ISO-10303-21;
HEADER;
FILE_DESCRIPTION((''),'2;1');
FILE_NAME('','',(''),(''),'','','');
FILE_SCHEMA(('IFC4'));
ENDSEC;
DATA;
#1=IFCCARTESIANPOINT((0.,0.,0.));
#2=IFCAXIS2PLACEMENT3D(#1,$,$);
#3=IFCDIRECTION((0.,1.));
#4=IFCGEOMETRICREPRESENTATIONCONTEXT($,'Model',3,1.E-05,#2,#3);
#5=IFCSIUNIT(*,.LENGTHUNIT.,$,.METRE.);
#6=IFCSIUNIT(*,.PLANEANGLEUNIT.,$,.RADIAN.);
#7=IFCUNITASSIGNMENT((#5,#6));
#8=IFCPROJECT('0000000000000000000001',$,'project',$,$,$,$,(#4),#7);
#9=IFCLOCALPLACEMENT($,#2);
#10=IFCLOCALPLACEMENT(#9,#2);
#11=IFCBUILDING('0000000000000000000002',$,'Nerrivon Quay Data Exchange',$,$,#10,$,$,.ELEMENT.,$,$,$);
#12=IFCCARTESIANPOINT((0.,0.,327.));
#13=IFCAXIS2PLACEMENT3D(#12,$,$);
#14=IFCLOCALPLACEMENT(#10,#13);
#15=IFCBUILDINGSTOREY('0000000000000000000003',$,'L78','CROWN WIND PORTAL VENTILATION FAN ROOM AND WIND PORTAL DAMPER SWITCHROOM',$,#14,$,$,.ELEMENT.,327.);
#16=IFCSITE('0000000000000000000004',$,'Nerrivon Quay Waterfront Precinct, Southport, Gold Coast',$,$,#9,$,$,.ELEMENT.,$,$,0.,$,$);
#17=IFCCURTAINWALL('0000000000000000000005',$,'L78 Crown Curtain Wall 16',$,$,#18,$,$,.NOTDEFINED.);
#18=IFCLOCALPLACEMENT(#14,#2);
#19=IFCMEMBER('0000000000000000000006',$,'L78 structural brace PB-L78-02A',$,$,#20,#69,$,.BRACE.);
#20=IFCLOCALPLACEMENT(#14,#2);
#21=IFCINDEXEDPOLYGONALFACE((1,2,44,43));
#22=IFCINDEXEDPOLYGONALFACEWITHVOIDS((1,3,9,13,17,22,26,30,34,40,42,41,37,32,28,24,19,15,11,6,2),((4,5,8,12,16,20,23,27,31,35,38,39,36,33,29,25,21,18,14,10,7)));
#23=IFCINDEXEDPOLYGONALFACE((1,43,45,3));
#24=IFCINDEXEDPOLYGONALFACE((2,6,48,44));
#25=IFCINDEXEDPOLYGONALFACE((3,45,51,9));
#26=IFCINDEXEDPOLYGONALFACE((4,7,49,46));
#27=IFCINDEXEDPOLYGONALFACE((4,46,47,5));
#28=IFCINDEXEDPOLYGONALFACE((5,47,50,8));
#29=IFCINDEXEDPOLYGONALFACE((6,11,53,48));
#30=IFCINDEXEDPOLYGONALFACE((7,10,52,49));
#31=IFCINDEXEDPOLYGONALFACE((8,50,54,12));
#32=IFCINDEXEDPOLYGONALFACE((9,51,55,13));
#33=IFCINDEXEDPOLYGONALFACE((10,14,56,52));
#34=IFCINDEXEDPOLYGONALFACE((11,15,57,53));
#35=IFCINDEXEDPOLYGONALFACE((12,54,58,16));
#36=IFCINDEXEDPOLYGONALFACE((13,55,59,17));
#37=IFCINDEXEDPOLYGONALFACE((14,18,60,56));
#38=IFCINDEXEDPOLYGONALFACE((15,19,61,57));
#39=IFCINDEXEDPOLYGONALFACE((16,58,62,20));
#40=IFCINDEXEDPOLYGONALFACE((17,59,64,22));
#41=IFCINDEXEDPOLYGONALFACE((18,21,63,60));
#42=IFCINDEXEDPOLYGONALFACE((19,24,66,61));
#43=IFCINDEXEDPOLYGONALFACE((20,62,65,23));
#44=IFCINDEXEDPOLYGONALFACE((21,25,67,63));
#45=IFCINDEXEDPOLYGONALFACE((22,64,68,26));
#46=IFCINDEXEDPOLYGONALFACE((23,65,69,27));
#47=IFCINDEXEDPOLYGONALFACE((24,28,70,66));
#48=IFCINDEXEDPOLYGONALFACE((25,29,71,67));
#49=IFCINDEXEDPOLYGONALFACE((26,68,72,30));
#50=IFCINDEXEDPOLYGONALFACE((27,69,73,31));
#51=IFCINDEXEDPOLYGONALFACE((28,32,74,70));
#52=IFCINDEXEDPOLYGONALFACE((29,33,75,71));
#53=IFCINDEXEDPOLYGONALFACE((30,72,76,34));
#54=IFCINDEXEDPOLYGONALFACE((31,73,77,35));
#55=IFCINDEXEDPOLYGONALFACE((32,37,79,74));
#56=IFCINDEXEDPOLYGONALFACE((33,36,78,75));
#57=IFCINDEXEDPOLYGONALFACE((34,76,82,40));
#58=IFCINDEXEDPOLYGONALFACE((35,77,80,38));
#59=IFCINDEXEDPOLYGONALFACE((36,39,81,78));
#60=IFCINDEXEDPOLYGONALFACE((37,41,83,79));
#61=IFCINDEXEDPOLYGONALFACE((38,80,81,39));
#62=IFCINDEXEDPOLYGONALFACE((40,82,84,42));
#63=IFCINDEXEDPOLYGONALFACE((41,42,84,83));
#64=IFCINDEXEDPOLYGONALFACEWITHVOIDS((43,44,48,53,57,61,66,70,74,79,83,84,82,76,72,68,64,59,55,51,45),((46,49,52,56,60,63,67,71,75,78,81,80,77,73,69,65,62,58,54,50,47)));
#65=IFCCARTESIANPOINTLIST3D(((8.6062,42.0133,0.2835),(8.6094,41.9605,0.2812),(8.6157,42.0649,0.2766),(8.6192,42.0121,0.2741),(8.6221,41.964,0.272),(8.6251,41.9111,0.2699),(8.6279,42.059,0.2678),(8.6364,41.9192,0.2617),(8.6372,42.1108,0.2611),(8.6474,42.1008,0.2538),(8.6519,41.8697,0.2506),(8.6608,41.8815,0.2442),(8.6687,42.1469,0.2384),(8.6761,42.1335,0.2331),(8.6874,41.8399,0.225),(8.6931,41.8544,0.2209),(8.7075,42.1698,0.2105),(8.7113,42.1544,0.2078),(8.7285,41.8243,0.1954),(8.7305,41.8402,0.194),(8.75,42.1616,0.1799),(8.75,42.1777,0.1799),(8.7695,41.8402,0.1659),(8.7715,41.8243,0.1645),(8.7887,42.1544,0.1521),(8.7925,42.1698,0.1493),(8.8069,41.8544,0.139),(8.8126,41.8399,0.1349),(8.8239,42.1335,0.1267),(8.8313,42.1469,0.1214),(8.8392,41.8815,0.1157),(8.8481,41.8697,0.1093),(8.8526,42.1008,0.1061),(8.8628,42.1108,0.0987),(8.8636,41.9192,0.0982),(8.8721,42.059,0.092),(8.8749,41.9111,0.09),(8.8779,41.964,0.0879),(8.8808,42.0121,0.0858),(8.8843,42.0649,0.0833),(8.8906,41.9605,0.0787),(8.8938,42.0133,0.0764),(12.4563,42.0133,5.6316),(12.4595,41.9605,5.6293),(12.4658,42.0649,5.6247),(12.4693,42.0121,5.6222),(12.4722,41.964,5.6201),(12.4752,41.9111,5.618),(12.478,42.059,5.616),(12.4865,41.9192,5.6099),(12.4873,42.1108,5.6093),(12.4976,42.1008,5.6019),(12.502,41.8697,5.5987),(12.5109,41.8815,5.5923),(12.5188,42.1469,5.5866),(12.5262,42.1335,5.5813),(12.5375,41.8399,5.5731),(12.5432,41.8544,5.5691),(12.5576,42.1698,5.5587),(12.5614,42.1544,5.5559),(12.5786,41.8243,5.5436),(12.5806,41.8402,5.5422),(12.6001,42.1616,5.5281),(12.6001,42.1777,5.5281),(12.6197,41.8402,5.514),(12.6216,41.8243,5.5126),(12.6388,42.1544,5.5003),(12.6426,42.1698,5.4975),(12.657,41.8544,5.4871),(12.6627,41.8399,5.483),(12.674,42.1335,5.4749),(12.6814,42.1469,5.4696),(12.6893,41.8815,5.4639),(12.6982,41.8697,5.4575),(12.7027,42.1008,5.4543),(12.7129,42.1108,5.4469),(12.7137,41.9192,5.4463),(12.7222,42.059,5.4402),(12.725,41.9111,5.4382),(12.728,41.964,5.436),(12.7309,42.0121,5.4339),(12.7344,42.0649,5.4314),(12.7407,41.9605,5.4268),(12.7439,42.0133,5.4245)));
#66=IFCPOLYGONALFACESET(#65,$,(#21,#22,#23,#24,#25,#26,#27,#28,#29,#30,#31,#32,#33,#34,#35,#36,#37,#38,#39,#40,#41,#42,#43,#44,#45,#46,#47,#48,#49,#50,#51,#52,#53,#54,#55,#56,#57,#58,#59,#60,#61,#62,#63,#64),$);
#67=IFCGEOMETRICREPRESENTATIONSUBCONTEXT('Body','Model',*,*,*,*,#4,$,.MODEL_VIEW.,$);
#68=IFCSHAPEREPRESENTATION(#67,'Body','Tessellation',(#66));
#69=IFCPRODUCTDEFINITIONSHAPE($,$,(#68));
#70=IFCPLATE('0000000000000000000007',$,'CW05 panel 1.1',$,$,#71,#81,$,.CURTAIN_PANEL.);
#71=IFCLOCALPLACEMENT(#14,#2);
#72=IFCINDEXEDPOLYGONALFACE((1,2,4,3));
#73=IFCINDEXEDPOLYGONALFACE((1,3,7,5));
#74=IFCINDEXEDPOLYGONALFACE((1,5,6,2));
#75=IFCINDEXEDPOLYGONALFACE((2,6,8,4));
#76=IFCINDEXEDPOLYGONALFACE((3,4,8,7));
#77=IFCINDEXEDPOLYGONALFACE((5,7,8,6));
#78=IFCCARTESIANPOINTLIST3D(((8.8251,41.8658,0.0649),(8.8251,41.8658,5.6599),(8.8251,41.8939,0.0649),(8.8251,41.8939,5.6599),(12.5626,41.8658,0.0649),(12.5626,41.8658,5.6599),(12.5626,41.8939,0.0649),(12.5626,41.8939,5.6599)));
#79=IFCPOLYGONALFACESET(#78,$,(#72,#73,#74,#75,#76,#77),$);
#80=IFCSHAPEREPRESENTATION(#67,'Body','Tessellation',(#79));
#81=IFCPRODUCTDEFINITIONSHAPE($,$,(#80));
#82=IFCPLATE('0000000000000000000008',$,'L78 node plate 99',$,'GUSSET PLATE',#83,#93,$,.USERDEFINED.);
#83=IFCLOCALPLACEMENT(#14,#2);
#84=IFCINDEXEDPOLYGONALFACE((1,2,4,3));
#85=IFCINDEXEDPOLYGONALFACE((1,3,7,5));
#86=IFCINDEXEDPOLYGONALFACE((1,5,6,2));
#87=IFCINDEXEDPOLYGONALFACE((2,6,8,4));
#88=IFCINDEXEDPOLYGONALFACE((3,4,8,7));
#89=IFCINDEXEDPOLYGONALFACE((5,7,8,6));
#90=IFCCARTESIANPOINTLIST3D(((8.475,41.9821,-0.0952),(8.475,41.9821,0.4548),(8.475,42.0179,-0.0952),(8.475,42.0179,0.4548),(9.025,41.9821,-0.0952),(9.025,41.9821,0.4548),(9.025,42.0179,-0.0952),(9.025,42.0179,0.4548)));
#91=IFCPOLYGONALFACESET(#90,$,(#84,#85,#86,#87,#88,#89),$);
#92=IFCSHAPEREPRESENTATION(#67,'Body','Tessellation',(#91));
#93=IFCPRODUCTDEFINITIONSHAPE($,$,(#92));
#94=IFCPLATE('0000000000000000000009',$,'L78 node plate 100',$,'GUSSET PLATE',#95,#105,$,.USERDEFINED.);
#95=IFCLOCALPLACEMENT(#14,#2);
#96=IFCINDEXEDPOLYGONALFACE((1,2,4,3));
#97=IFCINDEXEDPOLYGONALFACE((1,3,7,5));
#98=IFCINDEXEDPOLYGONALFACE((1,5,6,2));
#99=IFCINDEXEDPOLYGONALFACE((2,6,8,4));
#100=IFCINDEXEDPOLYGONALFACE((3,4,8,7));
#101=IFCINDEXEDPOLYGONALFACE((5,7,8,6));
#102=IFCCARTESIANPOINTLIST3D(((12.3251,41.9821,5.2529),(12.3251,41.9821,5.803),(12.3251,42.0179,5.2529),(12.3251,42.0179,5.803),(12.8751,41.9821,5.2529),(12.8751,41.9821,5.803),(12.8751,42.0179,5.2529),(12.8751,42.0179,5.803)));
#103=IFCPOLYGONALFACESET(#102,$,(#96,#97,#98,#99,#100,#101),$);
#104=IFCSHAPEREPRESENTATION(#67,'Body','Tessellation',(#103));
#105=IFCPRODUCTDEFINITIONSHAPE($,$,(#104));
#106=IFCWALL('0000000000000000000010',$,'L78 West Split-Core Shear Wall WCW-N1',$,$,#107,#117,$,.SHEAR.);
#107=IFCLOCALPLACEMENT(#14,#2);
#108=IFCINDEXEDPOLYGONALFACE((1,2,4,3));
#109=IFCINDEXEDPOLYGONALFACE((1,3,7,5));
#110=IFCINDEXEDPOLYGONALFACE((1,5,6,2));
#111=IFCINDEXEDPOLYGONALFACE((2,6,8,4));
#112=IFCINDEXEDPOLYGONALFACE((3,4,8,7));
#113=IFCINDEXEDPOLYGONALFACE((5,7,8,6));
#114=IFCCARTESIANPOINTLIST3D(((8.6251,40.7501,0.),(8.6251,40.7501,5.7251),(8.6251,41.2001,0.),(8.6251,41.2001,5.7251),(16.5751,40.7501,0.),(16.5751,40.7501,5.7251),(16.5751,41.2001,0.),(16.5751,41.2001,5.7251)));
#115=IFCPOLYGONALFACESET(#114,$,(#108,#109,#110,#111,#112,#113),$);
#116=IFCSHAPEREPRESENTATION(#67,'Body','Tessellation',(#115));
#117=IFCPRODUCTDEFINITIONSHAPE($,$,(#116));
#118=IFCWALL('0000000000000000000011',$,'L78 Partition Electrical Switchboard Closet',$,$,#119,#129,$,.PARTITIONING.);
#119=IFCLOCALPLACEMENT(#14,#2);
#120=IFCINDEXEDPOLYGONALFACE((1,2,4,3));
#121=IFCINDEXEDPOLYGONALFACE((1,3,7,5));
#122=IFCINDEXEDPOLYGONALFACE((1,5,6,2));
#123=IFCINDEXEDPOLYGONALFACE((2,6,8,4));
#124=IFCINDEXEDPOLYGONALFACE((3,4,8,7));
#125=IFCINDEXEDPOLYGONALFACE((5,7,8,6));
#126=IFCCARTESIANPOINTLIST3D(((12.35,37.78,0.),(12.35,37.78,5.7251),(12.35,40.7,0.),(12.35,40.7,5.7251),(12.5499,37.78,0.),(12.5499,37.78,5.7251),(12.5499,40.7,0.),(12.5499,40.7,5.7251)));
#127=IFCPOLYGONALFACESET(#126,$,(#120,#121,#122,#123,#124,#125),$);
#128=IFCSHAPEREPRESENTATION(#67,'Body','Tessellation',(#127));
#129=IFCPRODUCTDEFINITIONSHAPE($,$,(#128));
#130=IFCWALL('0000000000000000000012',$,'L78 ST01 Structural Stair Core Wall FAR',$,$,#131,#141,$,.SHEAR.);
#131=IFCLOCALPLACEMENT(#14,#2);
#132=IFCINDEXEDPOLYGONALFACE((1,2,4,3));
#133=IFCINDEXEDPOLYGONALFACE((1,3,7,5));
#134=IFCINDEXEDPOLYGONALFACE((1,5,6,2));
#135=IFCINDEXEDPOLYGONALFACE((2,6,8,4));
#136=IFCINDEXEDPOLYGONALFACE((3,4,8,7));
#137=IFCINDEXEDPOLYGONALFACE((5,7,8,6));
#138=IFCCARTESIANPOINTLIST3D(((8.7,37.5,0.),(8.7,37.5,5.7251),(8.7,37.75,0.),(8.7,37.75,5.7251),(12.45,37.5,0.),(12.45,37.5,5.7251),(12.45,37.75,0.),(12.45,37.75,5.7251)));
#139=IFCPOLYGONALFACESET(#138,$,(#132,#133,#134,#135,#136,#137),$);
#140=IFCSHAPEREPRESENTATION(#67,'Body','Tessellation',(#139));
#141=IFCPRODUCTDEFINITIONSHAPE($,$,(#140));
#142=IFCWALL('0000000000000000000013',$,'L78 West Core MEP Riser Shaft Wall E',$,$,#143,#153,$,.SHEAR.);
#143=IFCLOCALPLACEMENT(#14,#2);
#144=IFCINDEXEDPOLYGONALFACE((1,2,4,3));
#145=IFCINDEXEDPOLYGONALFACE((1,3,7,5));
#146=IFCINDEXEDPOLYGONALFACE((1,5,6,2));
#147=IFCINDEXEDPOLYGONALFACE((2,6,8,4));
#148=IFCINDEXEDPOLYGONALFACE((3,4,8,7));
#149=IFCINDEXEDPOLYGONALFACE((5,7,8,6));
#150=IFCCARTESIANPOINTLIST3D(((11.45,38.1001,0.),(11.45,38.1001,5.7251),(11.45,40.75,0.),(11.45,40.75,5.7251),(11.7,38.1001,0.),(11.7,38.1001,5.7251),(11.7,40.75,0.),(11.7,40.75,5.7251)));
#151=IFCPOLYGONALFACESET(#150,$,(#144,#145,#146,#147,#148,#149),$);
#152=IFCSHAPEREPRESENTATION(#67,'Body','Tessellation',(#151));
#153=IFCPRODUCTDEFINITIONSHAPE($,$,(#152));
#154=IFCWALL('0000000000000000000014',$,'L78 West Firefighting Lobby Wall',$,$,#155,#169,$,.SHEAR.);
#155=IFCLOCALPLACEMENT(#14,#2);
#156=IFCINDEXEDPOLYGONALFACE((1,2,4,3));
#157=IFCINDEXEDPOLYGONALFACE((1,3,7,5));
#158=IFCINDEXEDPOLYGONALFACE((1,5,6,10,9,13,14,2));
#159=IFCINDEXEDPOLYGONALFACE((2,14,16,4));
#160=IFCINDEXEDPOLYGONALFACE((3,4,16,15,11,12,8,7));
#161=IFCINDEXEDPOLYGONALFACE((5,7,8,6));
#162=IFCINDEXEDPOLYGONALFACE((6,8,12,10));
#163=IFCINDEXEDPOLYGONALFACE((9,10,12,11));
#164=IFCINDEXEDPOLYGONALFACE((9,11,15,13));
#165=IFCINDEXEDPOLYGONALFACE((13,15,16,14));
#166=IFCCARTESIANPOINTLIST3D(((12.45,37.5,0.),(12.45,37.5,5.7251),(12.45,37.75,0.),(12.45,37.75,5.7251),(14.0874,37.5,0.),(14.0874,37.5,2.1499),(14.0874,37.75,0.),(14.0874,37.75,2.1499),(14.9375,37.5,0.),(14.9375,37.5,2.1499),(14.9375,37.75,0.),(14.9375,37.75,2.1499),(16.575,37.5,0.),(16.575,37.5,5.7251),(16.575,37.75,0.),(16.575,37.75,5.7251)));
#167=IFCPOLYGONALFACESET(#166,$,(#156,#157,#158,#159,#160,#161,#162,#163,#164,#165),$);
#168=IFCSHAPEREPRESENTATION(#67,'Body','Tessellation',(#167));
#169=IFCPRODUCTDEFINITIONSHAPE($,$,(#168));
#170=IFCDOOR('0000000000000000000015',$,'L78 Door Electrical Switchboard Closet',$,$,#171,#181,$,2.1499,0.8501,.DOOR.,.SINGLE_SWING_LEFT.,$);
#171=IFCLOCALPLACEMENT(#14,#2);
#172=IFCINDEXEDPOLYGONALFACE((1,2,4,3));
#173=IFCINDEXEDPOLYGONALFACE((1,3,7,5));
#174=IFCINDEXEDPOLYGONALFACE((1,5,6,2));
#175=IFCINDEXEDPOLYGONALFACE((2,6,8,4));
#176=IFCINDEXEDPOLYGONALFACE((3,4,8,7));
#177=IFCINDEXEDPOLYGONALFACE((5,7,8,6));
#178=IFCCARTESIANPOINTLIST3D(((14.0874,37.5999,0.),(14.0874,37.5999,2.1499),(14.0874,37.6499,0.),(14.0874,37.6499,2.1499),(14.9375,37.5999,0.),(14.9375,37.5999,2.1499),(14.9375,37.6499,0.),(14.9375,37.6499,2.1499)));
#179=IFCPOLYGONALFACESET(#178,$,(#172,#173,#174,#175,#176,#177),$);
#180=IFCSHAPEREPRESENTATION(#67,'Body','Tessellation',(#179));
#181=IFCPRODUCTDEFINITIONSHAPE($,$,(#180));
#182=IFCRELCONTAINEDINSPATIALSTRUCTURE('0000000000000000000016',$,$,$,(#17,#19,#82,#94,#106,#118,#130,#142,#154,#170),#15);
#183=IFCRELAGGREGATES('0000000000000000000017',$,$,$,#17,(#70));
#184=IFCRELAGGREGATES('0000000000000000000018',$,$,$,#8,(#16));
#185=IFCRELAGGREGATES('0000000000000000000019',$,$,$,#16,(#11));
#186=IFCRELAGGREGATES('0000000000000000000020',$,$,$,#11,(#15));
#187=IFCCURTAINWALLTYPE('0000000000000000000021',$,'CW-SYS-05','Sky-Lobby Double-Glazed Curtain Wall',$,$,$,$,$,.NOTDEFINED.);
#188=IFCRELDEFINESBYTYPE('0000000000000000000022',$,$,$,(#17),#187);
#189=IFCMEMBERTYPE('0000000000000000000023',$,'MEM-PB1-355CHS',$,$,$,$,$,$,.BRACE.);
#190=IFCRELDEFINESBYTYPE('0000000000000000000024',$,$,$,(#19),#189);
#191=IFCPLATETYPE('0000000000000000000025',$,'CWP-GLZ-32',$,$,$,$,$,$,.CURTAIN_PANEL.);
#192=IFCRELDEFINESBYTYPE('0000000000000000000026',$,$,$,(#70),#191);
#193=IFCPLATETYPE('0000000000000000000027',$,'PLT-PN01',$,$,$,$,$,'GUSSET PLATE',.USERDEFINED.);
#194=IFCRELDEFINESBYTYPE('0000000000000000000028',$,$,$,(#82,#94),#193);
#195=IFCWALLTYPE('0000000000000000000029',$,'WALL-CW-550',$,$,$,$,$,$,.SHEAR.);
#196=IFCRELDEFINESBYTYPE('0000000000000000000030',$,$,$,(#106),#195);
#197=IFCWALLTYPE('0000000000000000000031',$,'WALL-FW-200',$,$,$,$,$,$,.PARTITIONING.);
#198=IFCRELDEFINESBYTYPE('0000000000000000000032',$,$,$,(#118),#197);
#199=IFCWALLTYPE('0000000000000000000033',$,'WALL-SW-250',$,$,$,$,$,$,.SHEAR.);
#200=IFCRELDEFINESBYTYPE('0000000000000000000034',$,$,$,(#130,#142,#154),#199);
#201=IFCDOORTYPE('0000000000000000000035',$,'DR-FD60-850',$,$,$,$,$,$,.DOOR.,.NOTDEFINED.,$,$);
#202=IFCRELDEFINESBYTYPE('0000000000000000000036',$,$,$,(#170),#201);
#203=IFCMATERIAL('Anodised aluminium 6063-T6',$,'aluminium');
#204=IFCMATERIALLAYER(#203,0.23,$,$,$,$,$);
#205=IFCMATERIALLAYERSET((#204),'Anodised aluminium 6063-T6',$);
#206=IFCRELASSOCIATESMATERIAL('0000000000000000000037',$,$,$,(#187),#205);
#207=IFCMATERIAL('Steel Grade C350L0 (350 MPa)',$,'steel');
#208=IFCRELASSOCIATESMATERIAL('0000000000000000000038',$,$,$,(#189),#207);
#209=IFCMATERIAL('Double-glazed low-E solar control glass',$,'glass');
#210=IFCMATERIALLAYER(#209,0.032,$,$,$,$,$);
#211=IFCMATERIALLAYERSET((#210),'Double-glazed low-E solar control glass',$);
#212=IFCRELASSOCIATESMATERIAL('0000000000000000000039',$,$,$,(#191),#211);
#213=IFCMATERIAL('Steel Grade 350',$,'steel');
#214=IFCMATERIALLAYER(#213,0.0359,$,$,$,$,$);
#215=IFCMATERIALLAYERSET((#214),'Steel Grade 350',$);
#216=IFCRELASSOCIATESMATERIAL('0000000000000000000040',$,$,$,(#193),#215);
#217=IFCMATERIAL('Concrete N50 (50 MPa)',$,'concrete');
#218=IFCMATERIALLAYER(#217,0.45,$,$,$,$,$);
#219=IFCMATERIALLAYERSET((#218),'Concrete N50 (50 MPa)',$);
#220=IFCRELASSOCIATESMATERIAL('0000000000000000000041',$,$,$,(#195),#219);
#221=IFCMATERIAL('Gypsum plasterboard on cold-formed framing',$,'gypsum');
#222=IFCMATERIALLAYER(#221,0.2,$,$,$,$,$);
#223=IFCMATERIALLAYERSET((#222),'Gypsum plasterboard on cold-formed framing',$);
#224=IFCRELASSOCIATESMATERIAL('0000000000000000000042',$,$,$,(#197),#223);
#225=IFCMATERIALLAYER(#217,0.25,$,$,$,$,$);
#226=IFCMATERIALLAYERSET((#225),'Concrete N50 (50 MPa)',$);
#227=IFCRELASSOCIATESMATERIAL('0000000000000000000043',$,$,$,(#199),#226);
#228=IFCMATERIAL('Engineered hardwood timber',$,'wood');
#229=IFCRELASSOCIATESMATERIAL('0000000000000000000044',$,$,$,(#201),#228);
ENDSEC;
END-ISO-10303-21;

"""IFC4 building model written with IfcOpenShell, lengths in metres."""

from ifc_helpers import new_model, si_unit, direction, frame, frame_2d, origin, origin_2d, place, context, subcontext, project, spatial, rectangle, hollow_circle, extrude, material, layer, layer_set, material_profile, profile_set, type_object, element, fill, aggregate, save


model = new_model("IFC4")

# Units and contexts
model_context = context("Model", 3, precision=1e-05, world=origin(), true_north=direction((0.0, 1.0)))
body_context = subcontext(model_context, "Body", "Model", "MODEL_VIEW")
ifc_project = project(units=[si_unit("LENGTHUNIT", "METRE"), si_unit("PLANEANGLEUNIT", "RADIAN")], contexts=[model_context])

# Site, building, storey
site_placement = place(None, origin())
site = spatial("IfcSite", under=ifc_project, at=site_placement, Name="Nerrivon Quay Waterfront Precinct, Southport, Gold Coast", CompositionType="ELEMENT", RefElevation=0.0)
building_placement = place(site_placement, origin())
building = spatial("IfcBuilding", under=site, at=building_placement, Name="Nerrivon Quay Data Exchange", CompositionType="ELEMENT")
storey_placement = place(building_placement, frame((0.0, 0.0, 327.0)))
storey = spatial("IfcBuildingStorey", under=building, at=storey_placement, Name="L78", Description="CROWN WIND PORTAL VENTILATION FAN ROOM AND WIND PORTAL DAMPER SWITCHROOM", CompositionType="ELEMENT", Elevation=327.0)

# Shared definitions
ifc_material_1 = material(Name="Steel Grade 350", Category="steel")

# Curtain wall
ifc_material_2 = material(Name="Anodised aluminium 6063-T6", Category="aluminium")
ifc_layer_1 = layer(ifc_material_2, 0.23)
ifc_layer_set_1 = layer_set([ifc_layer_1], Name="Anodised aluminium 6063-T6")
curtain_wall_type = type_object("IfcCurtainWallType", Name="CW-SYS-05", Description="Sky-Lobby Double-Glazed Curtain Wall", PredefinedType="NOTDEFINED", material=ifc_layer_set_1)
curtain_wall_placement = place(storey_placement, origin())
curtain_wall = element("IfcCurtainWall", 1, at=curtain_wall_placement, inside=storey, type_object=curtain_wall_type, Name="L78 Crown Curtain Wall 16", PredefinedType="NOTDEFINED")

# Member
ifc_material_3 = material(Name="Steel Grade C350L0 (350 MPa)", Category="steel")
ifc_material_profile_1 = material_profile(ifc_material_3, hollow_circle(Radius=0.1777, WallThickness=0.0161, at=origin_2d()), Name="355.6x16.0CHS")
ifc_profile_set_1 = profile_set([ifc_material_profile_1], Name="Steel Grade C350L0 (350 MPa)")
member_type_1 = type_object("IfcMemberType", Name="MEM-PB1-355CHS", PredefinedType="BRACE", material=ifc_profile_set_1)
member_1_placement = place(storey_placement, frame((8.75, 42.0, 0.1799), z_axis=(0.584248, 0.0, 0.811575), x_axis=(0.0, 1.0, 0.0)))
element("IfcMember", 2, at=member_1_placement, inside=storey, type_object=member_type_1, Name="L78 structural brace PB-L78-02A", PredefinedType="BRACE", context=body_context, shape_type="SweptSolid", body=[
    extrude(hollow_circle(Radius=0.1777, WallThickness=0.0161, at=origin_2d()), origin(), (0.0, 0.0, 1.0), 6.5898),
])

# Plate
ifc_material_4 = material(Name="Double-glazed low-E solar control glass", Category="glass")
ifc_layer_2 = layer(ifc_material_4, 0.032)
ifc_layer_set_2 = layer_set([ifc_layer_2], Name="Double-glazed low-E solar control glass")
plate_type_1 = type_object("IfcPlateType", Name="CWP-GLZ-32", PredefinedType="CURTAIN_PANEL", material=ifc_layer_set_2)
plate_placement = place(storey_placement, frame((10.6938, 41.8799, 0.0649), z_axis=(0.0, 0.0, 1.0), x_axis=(1.0, 0.0, 0.0)))
plate = element("IfcPlate", 3, at=plate_placement, type_object=plate_type_1, Name="CW05 panel 1.1", PredefinedType="CURTAIN_PANEL", context=body_context, shape_type="SweptSolid", body=[
    extrude(rectangle(XDim=3.7375, YDim=0.0281, at=origin_2d()), origin(), (0.0, 0.0, 1.0), 5.595),
])
aggregate(curtain_wall, [plate])

# Plates
ifc_layer_3 = layer(ifc_material_1, 0.0359)
ifc_layer_set_3 = layer_set([ifc_layer_3], Name="Steel Grade 350")
plate_type_2 = type_object("IfcPlateType", Name="PLT-PN01", ElementType="GUSSET PLATE", PredefinedType="USERDEFINED", material=ifc_layer_set_3)
for number, where, z_axis, x_axis, name in (
    (4, (8.75, 42.0, -0.0952), (0.0, 0.0, 1.0), (1.0, 0.0, 0.0), "L78 node plate 99"),
    (5, (12.6001, 42.0, 5.2529), (0.0, 0.0, 1.0), (1.0, 0.0, 0.0), "L78 node plate 100"),
):
    element("IfcPlate", number, at=place(storey_placement, frame(where, z_axis=z_axis, x_axis=x_axis)), inside=storey, type_object=plate_type_2, Name=name, ObjectType="GUSSET PLATE", PredefinedType="USERDEFINED", context=body_context, shape_type="SweptSolid", body=[
        extrude(rectangle(XDim=0.55, YDim=0.0359, at=origin_2d()), origin(), (0.0, 0.0, 1.0), 0.55),
    ])

# Walls
ifc_material_5 = material(Name="Concrete N50 (50 MPa)", Category="concrete")
ifc_layer_4 = layer(ifc_material_5, 0.45)
ifc_layer_set_4 = layer_set([ifc_layer_4], Name="Concrete N50 (50 MPa)")
wall_type_1 = type_object("IfcWallType", Name="WALL-CW-550", PredefinedType="SHEAR", material=ifc_layer_set_4)
wall_1_placement = place(storey_placement, frame((8.625, 40.9751, 0.0), z_axis=(0.0, 0.0, 1.0), x_axis=(1.0, 0.0, 0.0)))
element("IfcWall", 6, at=wall_1_placement, inside=storey, type_object=wall_type_1, Name="L78 West Split-Core Shear Wall WCW-N1", PredefinedType="SHEAR", context=body_context, shape_type="SweptSolid", body=[
    extrude(rectangle(XDim=7.95, YDim=0.45, at=frame_2d((3.9751, 0.0))), origin(), (0.0, 0.0, 1.0), 5.7251),
])
ifc_material_6 = material(Name="Gypsum plasterboard on cold-formed framing", Category="gypsum")
ifc_layer_5 = layer(ifc_material_6, 0.2)
ifc_layer_set_5 = layer_set([ifc_layer_5], Name="Gypsum plasterboard on cold-formed framing")
wall_type_2 = type_object("IfcWallType", Name="WALL-FW-200", PredefinedType="PARTITIONING", material=ifc_layer_set_5)
wall_2_placement = place(storey_placement, frame((12.45, 40.7, 0.0), z_axis=(0.0, 0.0, 1.0), x_axis=(0.0, -1.0, 0.0)))
element("IfcWall", 7, at=wall_2_placement, inside=storey, type_object=wall_type_2, Name="L78 Partition Electrical Switchboard Closet", PredefinedType="PARTITIONING", context=body_context, shape_type="SweptSolid", body=[
    extrude(rectangle(XDim=2.9199, YDim=0.2, at=frame_2d((1.46, 0.0))), origin(), (0.0, 0.0, 1.0), 5.7251),
])
ifc_layer_6 = layer(ifc_material_5, 0.25)
ifc_layer_set_6 = layer_set([ifc_layer_6], Name="Concrete N50 (50 MPa)")
wall_type_3 = type_object("IfcWallType", Name="WALL-SW-250", PredefinedType="SHEAR", material=ifc_layer_set_6)
wall_3_placement = place(storey_placement, frame((12.45, 37.625, 0.0), z_axis=(0.0, 0.0, 1.0), x_axis=(-1.0, 0.0, 0.0)))
element("IfcWall", 8, at=wall_3_placement, inside=storey, type_object=wall_type_3, Name="L78 ST01 Structural Stair Core Wall FAR", PredefinedType="SHEAR", context=body_context, shape_type="SweptSolid", body=[
    extrude(rectangle(XDim=3.75, YDim=0.25, at=frame_2d((1.875, 0.0))), origin(), (0.0, 0.0, 1.0), 5.7251),
])
wall_4_placement = place(storey_placement, frame((11.575, 38.1001, 0.0), z_axis=(0.0, 0.0, 1.0), x_axis=(0.0, 1.0, 0.0)))
element("IfcWall", 9, at=wall_4_placement, inside=storey, type_object=wall_type_3, Name="L78 West Core MEP Riser Shaft Wall E", PredefinedType="SHEAR", context=body_context, shape_type="SweptSolid", body=[
    extrude(rectangle(XDim=2.6499, YDim=0.25, at=frame_2d((1.325, 0.0))), origin(), (0.0, 0.0, 1.0), 5.7251),
])

# Wall, opening, door
wall_5_placement = place(storey_placement, frame((12.45, 37.625, 0.0), z_axis=(0.0, 0.0, 1.0), x_axis=(1.0, 0.0, 0.0)))
wall_5 = element("IfcWall", 10, at=wall_5_placement, inside=storey, type_object=wall_type_3, Name="L78 West Firefighting Lobby Wall", PredefinedType="SHEAR", context=body_context, shape_type="SweptSolid", body=[
    extrude(rectangle(XDim=4.125, YDim=0.25, at=frame_2d((2.0625, 0.0))), origin(), (0.0, 0.0, 1.0), 5.7251),
])
opening_placement = place(wall_5_placement, frame((1.6375, 0.0, 0.0)))
opening = element("IfcOpeningElement", 11, at=opening_placement, cuts=wall_5, PredefinedType="OPENING", context=body_context, shape_type="SweptSolid", body=[
    extrude(rectangle(XDim=0.8501, YDim=2.1499, at=frame_2d((0.425, 1.075))), frame((0.0, 0.135, 0.0), z_axis=(0.0, -1.0, 0.0), x_axis=(1.0, 0.0, 0.0)), (0.0, 0.0, 1.0), 0.27),
])
ifc_material_7 = material(Name="Engineered hardwood timber", Category="wood")
door_type = type_object("IfcDoorType", Name="DR-FD60-850", OperationType="NOTDEFINED", PredefinedType="DOOR", material=ifc_material_7)
door_placement = place(opening_placement, origin())
door = element("IfcDoor", 12, at=door_placement, inside=storey, type_object=door_type, Name="L78 Door Electrical Switchboard Closet", OperationType="SINGLE_SWING_LEFT", OverallHeight=2.1499, OverallWidth=0.8501, PredefinedType="DOOR", context=body_context, shape_type="SweptSolid", body=[
    extrude(rectangle(XDim=0.8501, YDim=2.1499, at=frame_2d((0.425, 1.075))), frame((0.0, 0.0249, 0.0), z_axis=(0.0, -1.0, 0.0), x_axis=(1.0, 0.0, 0.0)), (0.0, 0.0, 1.0), 0.05),
])
fill(opening, door)

save(model, "model.ifc")
